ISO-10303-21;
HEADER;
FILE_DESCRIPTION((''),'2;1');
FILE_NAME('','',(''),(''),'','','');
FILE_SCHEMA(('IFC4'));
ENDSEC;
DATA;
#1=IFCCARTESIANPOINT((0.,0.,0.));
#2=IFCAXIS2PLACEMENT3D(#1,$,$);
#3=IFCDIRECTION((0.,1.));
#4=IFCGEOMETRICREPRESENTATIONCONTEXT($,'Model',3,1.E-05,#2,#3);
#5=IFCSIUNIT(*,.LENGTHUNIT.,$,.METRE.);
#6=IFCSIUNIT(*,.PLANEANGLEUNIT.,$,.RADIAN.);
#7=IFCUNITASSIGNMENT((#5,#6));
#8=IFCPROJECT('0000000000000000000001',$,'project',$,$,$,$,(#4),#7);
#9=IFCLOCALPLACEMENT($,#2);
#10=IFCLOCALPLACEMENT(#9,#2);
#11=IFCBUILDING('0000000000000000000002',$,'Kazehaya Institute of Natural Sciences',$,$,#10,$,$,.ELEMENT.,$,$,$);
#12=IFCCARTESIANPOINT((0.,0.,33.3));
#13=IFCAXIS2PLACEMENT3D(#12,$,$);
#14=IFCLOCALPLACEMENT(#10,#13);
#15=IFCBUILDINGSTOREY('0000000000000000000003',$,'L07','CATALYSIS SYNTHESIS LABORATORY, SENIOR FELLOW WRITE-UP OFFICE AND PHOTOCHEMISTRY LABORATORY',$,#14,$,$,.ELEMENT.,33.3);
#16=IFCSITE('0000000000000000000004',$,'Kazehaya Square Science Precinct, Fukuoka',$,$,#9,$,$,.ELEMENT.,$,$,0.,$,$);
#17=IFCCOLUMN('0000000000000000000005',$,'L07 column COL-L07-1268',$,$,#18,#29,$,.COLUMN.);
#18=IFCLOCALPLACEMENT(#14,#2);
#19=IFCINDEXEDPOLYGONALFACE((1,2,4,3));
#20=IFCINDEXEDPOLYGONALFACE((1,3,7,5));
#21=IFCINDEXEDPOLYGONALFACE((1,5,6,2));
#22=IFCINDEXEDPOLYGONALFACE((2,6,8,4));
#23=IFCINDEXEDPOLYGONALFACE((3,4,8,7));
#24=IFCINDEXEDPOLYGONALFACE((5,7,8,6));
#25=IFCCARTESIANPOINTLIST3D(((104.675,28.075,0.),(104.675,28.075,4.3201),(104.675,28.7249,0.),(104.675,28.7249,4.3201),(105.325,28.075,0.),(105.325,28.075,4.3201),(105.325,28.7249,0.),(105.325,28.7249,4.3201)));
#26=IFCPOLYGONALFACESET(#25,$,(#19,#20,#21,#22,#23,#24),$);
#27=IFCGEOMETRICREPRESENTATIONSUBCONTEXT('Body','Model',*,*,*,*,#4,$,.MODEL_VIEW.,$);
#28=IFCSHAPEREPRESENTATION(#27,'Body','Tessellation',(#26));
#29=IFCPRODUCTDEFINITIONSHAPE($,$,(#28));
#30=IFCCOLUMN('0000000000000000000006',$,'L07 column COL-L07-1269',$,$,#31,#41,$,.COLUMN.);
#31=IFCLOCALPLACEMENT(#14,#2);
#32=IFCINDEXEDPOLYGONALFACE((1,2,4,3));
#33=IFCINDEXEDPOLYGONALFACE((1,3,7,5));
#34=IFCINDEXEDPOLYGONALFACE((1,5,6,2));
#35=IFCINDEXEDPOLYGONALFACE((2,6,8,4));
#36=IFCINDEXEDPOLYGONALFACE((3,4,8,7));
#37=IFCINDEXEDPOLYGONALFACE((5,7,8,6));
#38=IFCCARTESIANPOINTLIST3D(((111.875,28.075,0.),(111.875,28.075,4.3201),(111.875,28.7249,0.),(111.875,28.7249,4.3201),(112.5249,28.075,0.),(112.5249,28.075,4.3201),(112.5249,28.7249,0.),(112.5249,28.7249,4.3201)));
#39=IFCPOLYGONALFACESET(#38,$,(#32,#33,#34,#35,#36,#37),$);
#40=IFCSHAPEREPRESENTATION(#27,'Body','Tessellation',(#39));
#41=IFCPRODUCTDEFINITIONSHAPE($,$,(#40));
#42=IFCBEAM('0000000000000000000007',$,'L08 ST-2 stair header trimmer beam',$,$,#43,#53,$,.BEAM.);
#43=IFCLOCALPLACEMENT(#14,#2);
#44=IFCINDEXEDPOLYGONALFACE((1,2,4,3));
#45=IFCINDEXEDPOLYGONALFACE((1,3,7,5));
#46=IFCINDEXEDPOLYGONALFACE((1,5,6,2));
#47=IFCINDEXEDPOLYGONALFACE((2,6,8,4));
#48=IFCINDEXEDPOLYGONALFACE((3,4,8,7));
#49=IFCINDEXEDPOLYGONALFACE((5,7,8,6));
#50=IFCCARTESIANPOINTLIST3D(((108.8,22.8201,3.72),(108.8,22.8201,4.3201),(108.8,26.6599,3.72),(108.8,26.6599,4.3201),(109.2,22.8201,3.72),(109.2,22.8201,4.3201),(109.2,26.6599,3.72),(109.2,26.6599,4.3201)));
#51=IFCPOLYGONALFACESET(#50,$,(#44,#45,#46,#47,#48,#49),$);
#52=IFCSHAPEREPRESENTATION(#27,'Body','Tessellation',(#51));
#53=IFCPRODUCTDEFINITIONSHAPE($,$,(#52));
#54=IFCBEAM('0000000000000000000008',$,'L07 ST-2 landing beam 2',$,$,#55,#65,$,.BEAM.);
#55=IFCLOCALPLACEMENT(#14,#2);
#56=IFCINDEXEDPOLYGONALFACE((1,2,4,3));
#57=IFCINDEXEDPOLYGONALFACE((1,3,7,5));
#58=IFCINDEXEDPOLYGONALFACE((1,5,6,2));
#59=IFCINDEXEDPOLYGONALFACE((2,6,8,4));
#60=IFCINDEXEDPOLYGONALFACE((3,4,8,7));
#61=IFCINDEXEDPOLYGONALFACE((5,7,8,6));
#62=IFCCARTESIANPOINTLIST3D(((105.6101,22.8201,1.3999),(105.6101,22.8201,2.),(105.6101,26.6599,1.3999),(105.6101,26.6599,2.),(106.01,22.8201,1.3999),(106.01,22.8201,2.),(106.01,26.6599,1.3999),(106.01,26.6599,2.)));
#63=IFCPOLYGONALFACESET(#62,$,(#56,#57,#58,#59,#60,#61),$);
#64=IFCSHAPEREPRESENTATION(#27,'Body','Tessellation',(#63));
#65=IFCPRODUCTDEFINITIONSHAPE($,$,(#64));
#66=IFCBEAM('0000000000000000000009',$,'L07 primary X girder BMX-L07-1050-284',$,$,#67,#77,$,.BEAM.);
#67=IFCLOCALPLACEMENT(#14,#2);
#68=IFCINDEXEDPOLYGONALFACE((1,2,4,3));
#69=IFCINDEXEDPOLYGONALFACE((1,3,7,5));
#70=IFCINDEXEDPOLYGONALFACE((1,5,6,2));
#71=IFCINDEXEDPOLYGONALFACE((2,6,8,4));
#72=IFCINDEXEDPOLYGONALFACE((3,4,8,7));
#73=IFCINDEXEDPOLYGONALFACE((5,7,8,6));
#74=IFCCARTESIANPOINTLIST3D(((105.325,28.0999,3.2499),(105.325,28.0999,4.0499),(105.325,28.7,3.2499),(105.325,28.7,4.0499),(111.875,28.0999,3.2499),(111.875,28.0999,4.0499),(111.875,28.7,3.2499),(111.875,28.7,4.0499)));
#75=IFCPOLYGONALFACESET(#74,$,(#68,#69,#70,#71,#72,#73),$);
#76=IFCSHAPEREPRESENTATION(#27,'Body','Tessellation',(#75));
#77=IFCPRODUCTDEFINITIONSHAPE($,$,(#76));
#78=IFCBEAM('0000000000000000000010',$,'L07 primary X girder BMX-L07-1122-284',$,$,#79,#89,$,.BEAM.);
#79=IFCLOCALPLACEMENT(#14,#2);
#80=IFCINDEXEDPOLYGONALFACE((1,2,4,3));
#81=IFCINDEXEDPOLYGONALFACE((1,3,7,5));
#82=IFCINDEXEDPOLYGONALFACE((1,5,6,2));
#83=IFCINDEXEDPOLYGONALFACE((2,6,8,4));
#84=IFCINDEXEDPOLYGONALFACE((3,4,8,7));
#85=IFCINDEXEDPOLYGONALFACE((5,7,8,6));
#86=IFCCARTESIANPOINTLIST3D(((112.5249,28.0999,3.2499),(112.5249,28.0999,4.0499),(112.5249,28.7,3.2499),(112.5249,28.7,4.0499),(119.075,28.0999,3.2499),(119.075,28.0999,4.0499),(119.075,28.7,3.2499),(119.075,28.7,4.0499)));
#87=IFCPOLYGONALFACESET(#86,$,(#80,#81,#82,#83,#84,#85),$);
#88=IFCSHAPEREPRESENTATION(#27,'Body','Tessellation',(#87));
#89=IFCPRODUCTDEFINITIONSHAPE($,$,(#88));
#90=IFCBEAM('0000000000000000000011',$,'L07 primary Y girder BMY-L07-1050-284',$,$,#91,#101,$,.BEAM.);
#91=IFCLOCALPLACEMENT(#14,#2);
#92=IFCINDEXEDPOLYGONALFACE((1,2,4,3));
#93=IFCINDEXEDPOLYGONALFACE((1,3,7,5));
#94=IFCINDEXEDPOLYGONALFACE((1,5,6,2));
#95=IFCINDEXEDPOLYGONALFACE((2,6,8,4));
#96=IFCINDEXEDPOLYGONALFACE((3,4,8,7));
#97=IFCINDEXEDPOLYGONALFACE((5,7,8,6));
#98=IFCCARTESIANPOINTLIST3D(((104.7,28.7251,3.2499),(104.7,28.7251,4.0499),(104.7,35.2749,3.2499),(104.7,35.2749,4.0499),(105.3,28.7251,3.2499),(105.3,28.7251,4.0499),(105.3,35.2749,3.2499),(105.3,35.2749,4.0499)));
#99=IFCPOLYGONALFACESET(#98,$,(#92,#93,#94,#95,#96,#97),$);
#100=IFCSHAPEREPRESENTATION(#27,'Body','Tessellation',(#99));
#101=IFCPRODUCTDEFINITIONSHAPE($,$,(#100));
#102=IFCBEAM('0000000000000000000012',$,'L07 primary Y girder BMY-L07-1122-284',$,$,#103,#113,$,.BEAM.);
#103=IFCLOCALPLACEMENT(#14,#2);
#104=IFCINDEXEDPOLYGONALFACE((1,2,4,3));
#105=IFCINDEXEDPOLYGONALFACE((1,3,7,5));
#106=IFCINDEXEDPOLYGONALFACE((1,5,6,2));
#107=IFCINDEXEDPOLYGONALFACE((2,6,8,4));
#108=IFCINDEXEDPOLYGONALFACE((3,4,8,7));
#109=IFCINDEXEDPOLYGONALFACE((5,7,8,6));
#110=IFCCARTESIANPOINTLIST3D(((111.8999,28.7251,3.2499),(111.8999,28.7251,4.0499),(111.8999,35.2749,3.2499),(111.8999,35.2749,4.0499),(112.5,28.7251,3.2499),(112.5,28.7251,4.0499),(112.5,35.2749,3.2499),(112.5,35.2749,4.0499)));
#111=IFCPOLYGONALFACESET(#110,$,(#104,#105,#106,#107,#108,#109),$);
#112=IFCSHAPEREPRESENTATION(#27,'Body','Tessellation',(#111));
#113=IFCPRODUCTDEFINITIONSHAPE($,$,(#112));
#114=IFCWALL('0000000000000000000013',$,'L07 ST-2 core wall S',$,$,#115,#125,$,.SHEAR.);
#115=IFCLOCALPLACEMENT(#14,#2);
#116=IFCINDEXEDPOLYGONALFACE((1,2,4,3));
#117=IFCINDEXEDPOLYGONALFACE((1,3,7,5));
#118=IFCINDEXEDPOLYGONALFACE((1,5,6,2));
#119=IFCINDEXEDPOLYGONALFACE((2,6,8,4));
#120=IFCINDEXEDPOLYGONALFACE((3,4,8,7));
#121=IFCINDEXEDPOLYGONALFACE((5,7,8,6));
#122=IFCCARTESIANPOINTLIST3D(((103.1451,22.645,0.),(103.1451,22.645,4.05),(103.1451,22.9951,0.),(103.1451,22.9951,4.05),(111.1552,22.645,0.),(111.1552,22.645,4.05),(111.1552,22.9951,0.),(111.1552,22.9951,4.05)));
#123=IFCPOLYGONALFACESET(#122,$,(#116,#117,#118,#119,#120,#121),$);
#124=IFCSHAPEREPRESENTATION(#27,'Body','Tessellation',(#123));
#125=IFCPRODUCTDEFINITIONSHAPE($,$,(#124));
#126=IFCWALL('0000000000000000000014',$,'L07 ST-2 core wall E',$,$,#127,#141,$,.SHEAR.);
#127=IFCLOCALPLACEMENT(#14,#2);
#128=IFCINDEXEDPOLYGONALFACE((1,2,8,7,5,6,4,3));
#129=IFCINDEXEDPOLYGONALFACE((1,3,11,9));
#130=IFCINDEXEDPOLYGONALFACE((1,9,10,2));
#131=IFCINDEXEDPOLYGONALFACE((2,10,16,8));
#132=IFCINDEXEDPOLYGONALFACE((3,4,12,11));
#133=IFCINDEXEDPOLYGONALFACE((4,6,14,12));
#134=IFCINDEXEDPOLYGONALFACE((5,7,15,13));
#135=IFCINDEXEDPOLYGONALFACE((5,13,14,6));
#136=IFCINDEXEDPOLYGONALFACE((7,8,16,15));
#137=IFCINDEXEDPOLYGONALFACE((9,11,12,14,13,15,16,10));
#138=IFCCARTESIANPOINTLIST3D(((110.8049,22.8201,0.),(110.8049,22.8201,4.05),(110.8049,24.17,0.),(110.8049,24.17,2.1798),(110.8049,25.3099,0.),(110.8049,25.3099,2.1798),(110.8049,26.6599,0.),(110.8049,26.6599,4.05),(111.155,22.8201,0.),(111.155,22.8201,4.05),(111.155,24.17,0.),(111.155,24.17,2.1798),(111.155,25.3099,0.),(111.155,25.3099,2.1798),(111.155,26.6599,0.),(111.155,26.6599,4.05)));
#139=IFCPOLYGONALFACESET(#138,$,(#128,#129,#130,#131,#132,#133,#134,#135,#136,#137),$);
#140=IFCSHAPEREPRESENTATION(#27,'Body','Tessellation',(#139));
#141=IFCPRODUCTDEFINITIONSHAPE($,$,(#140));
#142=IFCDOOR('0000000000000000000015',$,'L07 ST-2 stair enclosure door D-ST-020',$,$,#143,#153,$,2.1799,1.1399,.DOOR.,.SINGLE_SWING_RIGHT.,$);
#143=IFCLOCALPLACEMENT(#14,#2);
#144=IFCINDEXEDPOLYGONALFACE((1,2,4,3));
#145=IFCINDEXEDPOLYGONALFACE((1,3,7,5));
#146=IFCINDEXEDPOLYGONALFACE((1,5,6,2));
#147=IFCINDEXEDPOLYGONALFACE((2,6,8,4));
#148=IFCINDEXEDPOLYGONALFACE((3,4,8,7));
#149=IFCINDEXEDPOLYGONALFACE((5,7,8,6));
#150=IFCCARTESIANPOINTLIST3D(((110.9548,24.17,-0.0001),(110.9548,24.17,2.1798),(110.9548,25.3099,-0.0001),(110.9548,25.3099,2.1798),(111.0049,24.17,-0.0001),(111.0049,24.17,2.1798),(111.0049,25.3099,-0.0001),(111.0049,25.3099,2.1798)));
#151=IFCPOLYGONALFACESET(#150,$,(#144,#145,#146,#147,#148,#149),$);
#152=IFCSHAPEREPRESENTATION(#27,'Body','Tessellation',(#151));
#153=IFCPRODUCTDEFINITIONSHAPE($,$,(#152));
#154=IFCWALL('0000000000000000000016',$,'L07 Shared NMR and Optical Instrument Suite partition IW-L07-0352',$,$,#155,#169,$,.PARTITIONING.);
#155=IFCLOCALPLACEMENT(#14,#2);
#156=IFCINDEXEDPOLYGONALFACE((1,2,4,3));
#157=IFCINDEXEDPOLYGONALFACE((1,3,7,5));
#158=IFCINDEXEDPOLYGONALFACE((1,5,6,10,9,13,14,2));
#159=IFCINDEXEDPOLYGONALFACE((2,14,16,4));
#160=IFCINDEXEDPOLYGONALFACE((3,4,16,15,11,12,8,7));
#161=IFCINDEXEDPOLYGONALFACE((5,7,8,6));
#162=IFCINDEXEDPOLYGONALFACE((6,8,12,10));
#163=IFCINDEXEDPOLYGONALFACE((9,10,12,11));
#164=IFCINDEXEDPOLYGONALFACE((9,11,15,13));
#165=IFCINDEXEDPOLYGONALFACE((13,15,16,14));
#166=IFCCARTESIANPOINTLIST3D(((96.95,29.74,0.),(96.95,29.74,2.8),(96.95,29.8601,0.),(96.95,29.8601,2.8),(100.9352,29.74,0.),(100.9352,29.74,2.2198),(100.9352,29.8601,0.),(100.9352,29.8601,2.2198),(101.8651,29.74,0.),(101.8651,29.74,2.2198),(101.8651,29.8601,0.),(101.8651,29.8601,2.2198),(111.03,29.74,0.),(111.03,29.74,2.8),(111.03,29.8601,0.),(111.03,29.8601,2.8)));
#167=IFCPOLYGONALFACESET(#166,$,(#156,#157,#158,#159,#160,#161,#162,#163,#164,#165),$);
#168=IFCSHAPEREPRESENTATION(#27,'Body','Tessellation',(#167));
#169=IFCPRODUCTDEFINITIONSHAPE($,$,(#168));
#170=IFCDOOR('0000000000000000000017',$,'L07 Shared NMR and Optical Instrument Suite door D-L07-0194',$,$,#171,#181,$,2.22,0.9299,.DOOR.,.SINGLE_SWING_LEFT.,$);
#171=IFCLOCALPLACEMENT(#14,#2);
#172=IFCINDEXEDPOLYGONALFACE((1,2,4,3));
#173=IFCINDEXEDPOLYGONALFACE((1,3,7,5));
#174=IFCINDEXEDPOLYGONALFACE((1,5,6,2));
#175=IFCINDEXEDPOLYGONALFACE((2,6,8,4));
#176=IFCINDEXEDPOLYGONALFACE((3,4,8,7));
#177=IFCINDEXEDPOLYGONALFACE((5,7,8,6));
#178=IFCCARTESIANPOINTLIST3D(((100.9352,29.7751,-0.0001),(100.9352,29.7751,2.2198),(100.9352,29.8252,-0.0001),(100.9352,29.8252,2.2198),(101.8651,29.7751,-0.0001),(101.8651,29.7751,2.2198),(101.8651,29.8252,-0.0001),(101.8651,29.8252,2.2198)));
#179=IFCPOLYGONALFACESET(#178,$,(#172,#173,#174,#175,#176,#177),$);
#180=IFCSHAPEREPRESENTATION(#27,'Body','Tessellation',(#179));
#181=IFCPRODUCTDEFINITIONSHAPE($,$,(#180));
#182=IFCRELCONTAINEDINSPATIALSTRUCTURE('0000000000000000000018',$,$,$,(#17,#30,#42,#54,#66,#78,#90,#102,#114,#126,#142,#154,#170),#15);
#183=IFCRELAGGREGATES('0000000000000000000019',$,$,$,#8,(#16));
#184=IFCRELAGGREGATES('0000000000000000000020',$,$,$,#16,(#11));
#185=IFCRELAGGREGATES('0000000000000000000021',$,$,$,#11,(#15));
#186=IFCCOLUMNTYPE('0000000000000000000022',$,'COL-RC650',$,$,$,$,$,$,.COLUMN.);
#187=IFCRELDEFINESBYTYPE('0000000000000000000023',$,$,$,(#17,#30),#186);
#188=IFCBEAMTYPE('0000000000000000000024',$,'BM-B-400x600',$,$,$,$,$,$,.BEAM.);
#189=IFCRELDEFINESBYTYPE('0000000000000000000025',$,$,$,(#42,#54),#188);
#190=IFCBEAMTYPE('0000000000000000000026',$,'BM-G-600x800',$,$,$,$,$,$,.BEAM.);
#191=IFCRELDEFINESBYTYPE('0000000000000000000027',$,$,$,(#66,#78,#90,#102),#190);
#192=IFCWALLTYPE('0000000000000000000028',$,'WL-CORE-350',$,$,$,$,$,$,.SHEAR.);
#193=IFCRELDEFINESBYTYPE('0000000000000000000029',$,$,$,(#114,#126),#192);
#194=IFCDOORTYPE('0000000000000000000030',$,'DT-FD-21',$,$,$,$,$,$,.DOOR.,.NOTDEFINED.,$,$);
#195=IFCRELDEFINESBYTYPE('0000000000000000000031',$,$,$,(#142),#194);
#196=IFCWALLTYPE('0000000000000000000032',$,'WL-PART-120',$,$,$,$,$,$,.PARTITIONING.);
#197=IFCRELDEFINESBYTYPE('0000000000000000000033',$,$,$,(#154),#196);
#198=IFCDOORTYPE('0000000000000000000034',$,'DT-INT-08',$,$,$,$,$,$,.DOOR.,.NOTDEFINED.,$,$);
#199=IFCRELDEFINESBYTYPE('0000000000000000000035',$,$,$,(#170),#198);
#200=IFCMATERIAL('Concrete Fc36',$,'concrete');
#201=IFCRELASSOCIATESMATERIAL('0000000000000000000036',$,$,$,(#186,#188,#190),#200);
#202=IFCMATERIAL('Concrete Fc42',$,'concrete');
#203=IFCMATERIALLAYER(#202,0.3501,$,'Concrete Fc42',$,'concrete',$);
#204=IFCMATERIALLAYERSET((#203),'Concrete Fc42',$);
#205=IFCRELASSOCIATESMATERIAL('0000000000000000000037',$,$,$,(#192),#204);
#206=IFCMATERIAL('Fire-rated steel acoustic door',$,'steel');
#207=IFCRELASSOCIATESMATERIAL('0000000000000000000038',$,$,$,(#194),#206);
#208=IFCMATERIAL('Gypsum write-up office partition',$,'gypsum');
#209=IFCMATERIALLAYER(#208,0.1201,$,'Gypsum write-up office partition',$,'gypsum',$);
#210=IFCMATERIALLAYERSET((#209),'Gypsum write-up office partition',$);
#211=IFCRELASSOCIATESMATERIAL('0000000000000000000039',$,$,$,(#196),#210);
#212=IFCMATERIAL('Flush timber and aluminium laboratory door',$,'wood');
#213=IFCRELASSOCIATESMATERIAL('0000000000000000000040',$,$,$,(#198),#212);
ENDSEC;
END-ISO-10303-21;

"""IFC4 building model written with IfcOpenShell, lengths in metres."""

from ifc_helpers import new_model, si_unit, direction, frame, frame_2d, origin, origin_2d, place, context, subcontext, project, spatial, rectangle, extrude, material, layer, layer_set, material_profile, profile_set, type_object, element, fill, save


model = new_model("IFC4")

# Units and contexts
model_context = context("Model", 3, precision=1e-05, world=origin(), true_north=direction((0.0, 1.0)))
body_context = subcontext(model_context, "Body", "Model", "MODEL_VIEW")
ifc_project = project(units=[si_unit("LENGTHUNIT", "METRE"), si_unit("PLANEANGLEUNIT", "RADIAN")], contexts=[model_context])

# Site, building, storey
site_placement = place(None, origin())
site = spatial("IfcSite", under=ifc_project, at=site_placement, Name="Kazehaya Square Science Precinct, Fukuoka", CompositionType="ELEMENT", RefElevation=0.0)
building_placement = place(site_placement, origin())
building = spatial("IfcBuilding", under=site, at=building_placement, Name="Kazehaya Institute of Natural Sciences", CompositionType="ELEMENT")
storey_placement = place(building_placement, frame((0.0, 0.0, 33.3)))
storey = spatial("IfcBuildingStorey", under=building, at=storey_placement, Name="L07", Description="CATALYSIS SYNTHESIS LABORATORY, SENIOR FELLOW WRITE-UP OFFICE AND PHOTOCHEMISTRY LABORATORY", CompositionType="ELEMENT", Elevation=33.3)

# Columns
ifc_material_1 = material(Name="Concrete Fc36", Category="concrete")
ifc_material_profile_1 = material_profile(ifc_material_1, rectangle(XDim=0.6499, YDim=0.6499, at=origin_2d()), Name="RC-650x650")
ifc_profile_set_1 = profile_set([ifc_material_profile_1], Name="Concrete Fc36")
column_type = type_object("IfcColumnType", Name="COL-RC650", PredefinedType="COLUMN", material=ifc_profile_set_1)
for number, where, z_axis, x_axis, name in (
    (1, (105.0, 28.3999, 0.0), (0.0, 0.0, 1.0), (1.0, 0.0, 0.0), "L07 column COL-L07-1268"),
    (2, (112.2, 28.3999, 0.0), (0.0, 0.0, 1.0), (1.0, 0.0, 0.0), "L07 column COL-L07-1269"),
):
    element("IfcColumn", number, at=place(storey_placement, frame(where, z_axis=z_axis, x_axis=x_axis)), inside=storey, type_object=column_type, Name=name, PredefinedType="COLUMN", context=body_context, shape_type="SweptSolid", body=[
        extrude(rectangle(XDim=0.6499, YDim=0.6499, at=origin_2d()), origin(), (0.0, 0.0, 1.0), 4.3201),
    ])

# Beams
ifc_material_profile_2 = material_profile(ifc_material_1, rectangle(XDim=0.3999, YDim=0.6001, at=origin_2d()), Name="RC-400x600")
ifc_profile_set_2 = profile_set([ifc_material_profile_2], Name="Concrete Fc36")
beam_type_1 = type_object("IfcBeamType", Name="BM-B-400x600", PredefinedType="BEAM", material=ifc_profile_set_2)
for number, where, z_axis, x_axis, name in (
    (3, (109.0, 22.8201, 4.02), (0.0, 1.0, 0.0), (-1.0, 0.0, 0.0), "L08 ST-2 stair header trimmer beam"),
    (4, (105.8101, 22.8201, 1.7), (0.0, 1.0, 0.0), (-1.0, 0.0, 0.0), "L07 ST-2 landing beam 2"),
):
    element("IfcBeam", number, at=place(storey_placement, frame(where, z_axis=z_axis, x_axis=x_axis)), inside=storey, type_object=beam_type_1, Name=name, PredefinedType="BEAM", context=body_context, shape_type="SweptSolid", body=[
        extrude(rectangle(XDim=0.3999, YDim=0.6001, at=origin_2d()), origin(), (0.0, 0.0, 1.0), 3.8398),
    ])
ifc_material_profile_3 = material_profile(ifc_material_1, rectangle(XDim=0.6001, YDim=0.8, at=origin_2d()), Name="RC-600x800")
ifc_profile_set_3 = profile_set([ifc_material_profile_3], Name="Concrete Fc36")
beam_type_2 = type_object("IfcBeamType", Name="BM-G-600x800", PredefinedType="BEAM", material=ifc_profile_set_3)
for number, where, z_axis, x_axis, name in (
    (5, (105.325, 28.3999, 3.6499), (1.0, 0.0, 0.0), (0.0, 1.0, 0.0), "L07 primary X girder BMX-L07-1050-284"),
    (6, (112.5249, 28.3999, 3.6499), (1.0, 0.0, 0.0), (0.0, 1.0, 0.0), "L07 primary X girder BMX-L07-1122-284"),
):
    element("IfcBeam", number, at=place(storey_placement, frame(where, z_axis=z_axis, x_axis=x_axis)), inside=storey, type_object=beam_type_2, Name=name, PredefinedType="BEAM", context=body_context, shape_type="SweptSolid", body=[
        extrude(rectangle(XDim=0.6001, YDim=0.8, at=origin_2d()), origin(), (0.0, 0.0, 1.0), 6.55),
    ])
for number, where, z_axis, x_axis, name in (
    (7, (105.0, 28.7251, 3.6499), (0.0, 1.0, 0.0), (-1.0, 0.0, 0.0), "L07 primary Y girder BMY-L07-1050-284"),
    (8, (112.2, 28.7251, 3.6499), (0.0, 1.0, 0.0), (-1.0, 0.0, 0.0), "L07 primary Y girder BMY-L07-1122-284"),
):
    element("IfcBeam", number, at=place(storey_placement, frame(where, z_axis=z_axis, x_axis=x_axis)), inside=storey, type_object=beam_type_2, Name=name, PredefinedType="BEAM", context=body_context, shape_type="SweptSolid", body=[
        extrude(rectangle(XDim=0.6001, YDim=0.8, at=origin_2d()), origin(), (0.0, 0.0, 1.0), 6.5498),
    ])

# Wall
ifc_material_2 = material(Name="Concrete Fc42", Category="concrete")
ifc_layer_1 = layer(ifc_material_2, 0.3501, Name="Concrete Fc42", Category="concrete")
ifc_layer_set_1 = layer_set([ifc_layer_1], Name="Concrete Fc42")
wall_type_1 = type_object("IfcWallType", Name="WL-CORE-350", PredefinedType="SHEAR", material=ifc_layer_set_1)
wall_1_placement = place(storey_placement, frame((111.155, 22.8201, 0.0), z_axis=(0.0, 0.0, 1.0), x_axis=(-1.0, 0.0, 0.0)))
element("IfcWall", 9, at=wall_1_placement, inside=storey, type_object=wall_type_1, Name="L07 ST-2 core wall S", PredefinedType="SHEAR", context=body_context, shape_type="SweptSolid", body=[
    extrude(rectangle(XDim=8.01, YDim=0.3501, at=frame_2d((4.0049, 0.0))), origin(), (0.0, 0.0, 1.0), 4.05),
])

# Walls, openings, doors
wall_2_placement = place(storey_placement, frame((110.98, 26.6599, 0.0), z_axis=(0.0, 0.0, 1.0), x_axis=(0.0, -1.0, 0.0)))
wall_2 = element("IfcWall", 10, at=wall_2_placement, inside=storey, type_object=wall_type_1, Name="L07 ST-2 core wall E", PredefinedType="SHEAR", context=body_context, shape_type="SweptSolid", body=[
    extrude(rectangle(XDim=3.8398, YDim=0.3501, at=frame_2d((1.9199, 0.0))), origin(), (0.0, 0.0, 1.0), 4.05),
])
opening_1_placement = place(wall_2_placement, frame((1.3501, 0.0, 0.0)))
opening_1 = element("IfcOpeningElement", 11, at=opening_1_placement, cuts=wall_2, PredefinedType="OPENING", context=body_context, shape_type="SweptSolid", body=[
    extrude(rectangle(XDim=1.1399, YDim=2.1799, at=frame_2d((0.5698, 1.0898))), frame((0.0, 0.1851, 0.0), z_axis=(0.0, -1.0, 0.0), x_axis=(1.0, 0.0, 0.0)), (0.0, 0.0, 1.0), 0.3701),
])
ifc_material_3 = material(Name="Fire-rated steel acoustic door", Category="steel")
door_type_1 = type_object("IfcDoorType", Name="DT-FD-21", OperationType="NOTDEFINED", PredefinedType="DOOR", material=ifc_material_3)
door_1_placement = place(opening_1_placement, origin())
door_1 = element("IfcDoor", 12, at=door_1_placement, inside=storey, type_object=door_type_1, Name="L07 ST-2 stair enclosure door D-ST-020", OperationType="SINGLE_SWING_RIGHT", OverallHeight=2.1799, OverallWidth=1.1399, PredefinedType="DOOR", context=body_context, shape_type="SweptSolid", body=[
    extrude(rectangle(XDim=1.1399, YDim=2.1799, at=frame_2d((0.5698, 1.0898))), frame((0.0, 0.0249, 0.0), z_axis=(0.0, -1.0, 0.0), x_axis=(1.0, 0.0, 0.0)), (0.0, 0.0, 1.0), 0.05),
])
fill(opening_1, door_1)
ifc_material_4 = material(Name="Gypsum write-up office partition", Category="gypsum")
ifc_layer_2 = layer(ifc_material_4, 0.1201, Name="Gypsum write-up office partition", Category="gypsum")
ifc_layer_set_2 = layer_set([ifc_layer_2], Name="Gypsum write-up office partition")
wall_type_2 = type_object("IfcWallType", Name="WL-PART-120", PredefinedType="PARTITIONING", material=ifc_layer_set_2)
wall_3_placement = place(storey_placement, frame((111.03, 29.8, 0.0), z_axis=(0.0, 0.0, 1.0), x_axis=(-1.0, 0.0, 0.0)))
wall_3 = element("IfcWall", 13, at=wall_3_placement, inside=storey, type_object=wall_type_2, Name="L07 Shared NMR and Optical Instrument Suite partition IW-L07-0352", PredefinedType="PARTITIONING", context=body_context, shape_type="SweptSolid", body=[
    extrude(rectangle(XDim=14.0801, YDim=0.1201, at=frame_2d((7.04, 0.0))), origin(), (0.0, 0.0, 1.0), 2.8),
])
opening_2_placement = place(wall_3_placement, frame((9.165, 0.0, 0.0)))
opening_2 = element("IfcOpeningElement", 14, at=opening_2_placement, cuts=wall_3, PredefinedType="OPENING", context=body_context, shape_type="SweptSolid", body=[
    extrude(rectangle(XDim=0.9299, YDim=2.22, at=frame_2d((0.4648, 1.1099))), frame((0.0, 0.0701, 0.0), z_axis=(0.0, -1.0, 0.0), x_axis=(1.0, 0.0, 0.0)), (0.0, 0.0, 1.0), 0.1401),
])
ifc_material_5 = material(Name="Flush timber and aluminium laboratory door", Category="wood")
door_type_2 = type_object("IfcDoorType", Name="DT-INT-08", OperationType="NOTDEFINED", PredefinedType="DOOR", material=ifc_material_5)
door_2_placement = place(opening_2_placement, origin())
door_2 = element("IfcDoor", 15, at=door_2_placement, inside=storey, type_object=door_type_2, Name="L07 Shared NMR and Optical Instrument Suite door D-L07-0194", OperationType="SINGLE_SWING_LEFT", OverallHeight=2.22, OverallWidth=0.9299, PredefinedType="DOOR", context=body_context, shape_type="SweptSolid", body=[
    extrude(rectangle(XDim=0.9299, YDim=2.22, at=frame_2d((0.4648, 1.1099))), frame((0.0, 0.0249, 0.0), z_axis=(0.0, -1.0, 0.0), x_axis=(1.0, 0.0, 0.0)), (0.0, 0.0, 1.0), 0.05),
])
fill(opening_2, door_2)

save(model, "model.ifc")
